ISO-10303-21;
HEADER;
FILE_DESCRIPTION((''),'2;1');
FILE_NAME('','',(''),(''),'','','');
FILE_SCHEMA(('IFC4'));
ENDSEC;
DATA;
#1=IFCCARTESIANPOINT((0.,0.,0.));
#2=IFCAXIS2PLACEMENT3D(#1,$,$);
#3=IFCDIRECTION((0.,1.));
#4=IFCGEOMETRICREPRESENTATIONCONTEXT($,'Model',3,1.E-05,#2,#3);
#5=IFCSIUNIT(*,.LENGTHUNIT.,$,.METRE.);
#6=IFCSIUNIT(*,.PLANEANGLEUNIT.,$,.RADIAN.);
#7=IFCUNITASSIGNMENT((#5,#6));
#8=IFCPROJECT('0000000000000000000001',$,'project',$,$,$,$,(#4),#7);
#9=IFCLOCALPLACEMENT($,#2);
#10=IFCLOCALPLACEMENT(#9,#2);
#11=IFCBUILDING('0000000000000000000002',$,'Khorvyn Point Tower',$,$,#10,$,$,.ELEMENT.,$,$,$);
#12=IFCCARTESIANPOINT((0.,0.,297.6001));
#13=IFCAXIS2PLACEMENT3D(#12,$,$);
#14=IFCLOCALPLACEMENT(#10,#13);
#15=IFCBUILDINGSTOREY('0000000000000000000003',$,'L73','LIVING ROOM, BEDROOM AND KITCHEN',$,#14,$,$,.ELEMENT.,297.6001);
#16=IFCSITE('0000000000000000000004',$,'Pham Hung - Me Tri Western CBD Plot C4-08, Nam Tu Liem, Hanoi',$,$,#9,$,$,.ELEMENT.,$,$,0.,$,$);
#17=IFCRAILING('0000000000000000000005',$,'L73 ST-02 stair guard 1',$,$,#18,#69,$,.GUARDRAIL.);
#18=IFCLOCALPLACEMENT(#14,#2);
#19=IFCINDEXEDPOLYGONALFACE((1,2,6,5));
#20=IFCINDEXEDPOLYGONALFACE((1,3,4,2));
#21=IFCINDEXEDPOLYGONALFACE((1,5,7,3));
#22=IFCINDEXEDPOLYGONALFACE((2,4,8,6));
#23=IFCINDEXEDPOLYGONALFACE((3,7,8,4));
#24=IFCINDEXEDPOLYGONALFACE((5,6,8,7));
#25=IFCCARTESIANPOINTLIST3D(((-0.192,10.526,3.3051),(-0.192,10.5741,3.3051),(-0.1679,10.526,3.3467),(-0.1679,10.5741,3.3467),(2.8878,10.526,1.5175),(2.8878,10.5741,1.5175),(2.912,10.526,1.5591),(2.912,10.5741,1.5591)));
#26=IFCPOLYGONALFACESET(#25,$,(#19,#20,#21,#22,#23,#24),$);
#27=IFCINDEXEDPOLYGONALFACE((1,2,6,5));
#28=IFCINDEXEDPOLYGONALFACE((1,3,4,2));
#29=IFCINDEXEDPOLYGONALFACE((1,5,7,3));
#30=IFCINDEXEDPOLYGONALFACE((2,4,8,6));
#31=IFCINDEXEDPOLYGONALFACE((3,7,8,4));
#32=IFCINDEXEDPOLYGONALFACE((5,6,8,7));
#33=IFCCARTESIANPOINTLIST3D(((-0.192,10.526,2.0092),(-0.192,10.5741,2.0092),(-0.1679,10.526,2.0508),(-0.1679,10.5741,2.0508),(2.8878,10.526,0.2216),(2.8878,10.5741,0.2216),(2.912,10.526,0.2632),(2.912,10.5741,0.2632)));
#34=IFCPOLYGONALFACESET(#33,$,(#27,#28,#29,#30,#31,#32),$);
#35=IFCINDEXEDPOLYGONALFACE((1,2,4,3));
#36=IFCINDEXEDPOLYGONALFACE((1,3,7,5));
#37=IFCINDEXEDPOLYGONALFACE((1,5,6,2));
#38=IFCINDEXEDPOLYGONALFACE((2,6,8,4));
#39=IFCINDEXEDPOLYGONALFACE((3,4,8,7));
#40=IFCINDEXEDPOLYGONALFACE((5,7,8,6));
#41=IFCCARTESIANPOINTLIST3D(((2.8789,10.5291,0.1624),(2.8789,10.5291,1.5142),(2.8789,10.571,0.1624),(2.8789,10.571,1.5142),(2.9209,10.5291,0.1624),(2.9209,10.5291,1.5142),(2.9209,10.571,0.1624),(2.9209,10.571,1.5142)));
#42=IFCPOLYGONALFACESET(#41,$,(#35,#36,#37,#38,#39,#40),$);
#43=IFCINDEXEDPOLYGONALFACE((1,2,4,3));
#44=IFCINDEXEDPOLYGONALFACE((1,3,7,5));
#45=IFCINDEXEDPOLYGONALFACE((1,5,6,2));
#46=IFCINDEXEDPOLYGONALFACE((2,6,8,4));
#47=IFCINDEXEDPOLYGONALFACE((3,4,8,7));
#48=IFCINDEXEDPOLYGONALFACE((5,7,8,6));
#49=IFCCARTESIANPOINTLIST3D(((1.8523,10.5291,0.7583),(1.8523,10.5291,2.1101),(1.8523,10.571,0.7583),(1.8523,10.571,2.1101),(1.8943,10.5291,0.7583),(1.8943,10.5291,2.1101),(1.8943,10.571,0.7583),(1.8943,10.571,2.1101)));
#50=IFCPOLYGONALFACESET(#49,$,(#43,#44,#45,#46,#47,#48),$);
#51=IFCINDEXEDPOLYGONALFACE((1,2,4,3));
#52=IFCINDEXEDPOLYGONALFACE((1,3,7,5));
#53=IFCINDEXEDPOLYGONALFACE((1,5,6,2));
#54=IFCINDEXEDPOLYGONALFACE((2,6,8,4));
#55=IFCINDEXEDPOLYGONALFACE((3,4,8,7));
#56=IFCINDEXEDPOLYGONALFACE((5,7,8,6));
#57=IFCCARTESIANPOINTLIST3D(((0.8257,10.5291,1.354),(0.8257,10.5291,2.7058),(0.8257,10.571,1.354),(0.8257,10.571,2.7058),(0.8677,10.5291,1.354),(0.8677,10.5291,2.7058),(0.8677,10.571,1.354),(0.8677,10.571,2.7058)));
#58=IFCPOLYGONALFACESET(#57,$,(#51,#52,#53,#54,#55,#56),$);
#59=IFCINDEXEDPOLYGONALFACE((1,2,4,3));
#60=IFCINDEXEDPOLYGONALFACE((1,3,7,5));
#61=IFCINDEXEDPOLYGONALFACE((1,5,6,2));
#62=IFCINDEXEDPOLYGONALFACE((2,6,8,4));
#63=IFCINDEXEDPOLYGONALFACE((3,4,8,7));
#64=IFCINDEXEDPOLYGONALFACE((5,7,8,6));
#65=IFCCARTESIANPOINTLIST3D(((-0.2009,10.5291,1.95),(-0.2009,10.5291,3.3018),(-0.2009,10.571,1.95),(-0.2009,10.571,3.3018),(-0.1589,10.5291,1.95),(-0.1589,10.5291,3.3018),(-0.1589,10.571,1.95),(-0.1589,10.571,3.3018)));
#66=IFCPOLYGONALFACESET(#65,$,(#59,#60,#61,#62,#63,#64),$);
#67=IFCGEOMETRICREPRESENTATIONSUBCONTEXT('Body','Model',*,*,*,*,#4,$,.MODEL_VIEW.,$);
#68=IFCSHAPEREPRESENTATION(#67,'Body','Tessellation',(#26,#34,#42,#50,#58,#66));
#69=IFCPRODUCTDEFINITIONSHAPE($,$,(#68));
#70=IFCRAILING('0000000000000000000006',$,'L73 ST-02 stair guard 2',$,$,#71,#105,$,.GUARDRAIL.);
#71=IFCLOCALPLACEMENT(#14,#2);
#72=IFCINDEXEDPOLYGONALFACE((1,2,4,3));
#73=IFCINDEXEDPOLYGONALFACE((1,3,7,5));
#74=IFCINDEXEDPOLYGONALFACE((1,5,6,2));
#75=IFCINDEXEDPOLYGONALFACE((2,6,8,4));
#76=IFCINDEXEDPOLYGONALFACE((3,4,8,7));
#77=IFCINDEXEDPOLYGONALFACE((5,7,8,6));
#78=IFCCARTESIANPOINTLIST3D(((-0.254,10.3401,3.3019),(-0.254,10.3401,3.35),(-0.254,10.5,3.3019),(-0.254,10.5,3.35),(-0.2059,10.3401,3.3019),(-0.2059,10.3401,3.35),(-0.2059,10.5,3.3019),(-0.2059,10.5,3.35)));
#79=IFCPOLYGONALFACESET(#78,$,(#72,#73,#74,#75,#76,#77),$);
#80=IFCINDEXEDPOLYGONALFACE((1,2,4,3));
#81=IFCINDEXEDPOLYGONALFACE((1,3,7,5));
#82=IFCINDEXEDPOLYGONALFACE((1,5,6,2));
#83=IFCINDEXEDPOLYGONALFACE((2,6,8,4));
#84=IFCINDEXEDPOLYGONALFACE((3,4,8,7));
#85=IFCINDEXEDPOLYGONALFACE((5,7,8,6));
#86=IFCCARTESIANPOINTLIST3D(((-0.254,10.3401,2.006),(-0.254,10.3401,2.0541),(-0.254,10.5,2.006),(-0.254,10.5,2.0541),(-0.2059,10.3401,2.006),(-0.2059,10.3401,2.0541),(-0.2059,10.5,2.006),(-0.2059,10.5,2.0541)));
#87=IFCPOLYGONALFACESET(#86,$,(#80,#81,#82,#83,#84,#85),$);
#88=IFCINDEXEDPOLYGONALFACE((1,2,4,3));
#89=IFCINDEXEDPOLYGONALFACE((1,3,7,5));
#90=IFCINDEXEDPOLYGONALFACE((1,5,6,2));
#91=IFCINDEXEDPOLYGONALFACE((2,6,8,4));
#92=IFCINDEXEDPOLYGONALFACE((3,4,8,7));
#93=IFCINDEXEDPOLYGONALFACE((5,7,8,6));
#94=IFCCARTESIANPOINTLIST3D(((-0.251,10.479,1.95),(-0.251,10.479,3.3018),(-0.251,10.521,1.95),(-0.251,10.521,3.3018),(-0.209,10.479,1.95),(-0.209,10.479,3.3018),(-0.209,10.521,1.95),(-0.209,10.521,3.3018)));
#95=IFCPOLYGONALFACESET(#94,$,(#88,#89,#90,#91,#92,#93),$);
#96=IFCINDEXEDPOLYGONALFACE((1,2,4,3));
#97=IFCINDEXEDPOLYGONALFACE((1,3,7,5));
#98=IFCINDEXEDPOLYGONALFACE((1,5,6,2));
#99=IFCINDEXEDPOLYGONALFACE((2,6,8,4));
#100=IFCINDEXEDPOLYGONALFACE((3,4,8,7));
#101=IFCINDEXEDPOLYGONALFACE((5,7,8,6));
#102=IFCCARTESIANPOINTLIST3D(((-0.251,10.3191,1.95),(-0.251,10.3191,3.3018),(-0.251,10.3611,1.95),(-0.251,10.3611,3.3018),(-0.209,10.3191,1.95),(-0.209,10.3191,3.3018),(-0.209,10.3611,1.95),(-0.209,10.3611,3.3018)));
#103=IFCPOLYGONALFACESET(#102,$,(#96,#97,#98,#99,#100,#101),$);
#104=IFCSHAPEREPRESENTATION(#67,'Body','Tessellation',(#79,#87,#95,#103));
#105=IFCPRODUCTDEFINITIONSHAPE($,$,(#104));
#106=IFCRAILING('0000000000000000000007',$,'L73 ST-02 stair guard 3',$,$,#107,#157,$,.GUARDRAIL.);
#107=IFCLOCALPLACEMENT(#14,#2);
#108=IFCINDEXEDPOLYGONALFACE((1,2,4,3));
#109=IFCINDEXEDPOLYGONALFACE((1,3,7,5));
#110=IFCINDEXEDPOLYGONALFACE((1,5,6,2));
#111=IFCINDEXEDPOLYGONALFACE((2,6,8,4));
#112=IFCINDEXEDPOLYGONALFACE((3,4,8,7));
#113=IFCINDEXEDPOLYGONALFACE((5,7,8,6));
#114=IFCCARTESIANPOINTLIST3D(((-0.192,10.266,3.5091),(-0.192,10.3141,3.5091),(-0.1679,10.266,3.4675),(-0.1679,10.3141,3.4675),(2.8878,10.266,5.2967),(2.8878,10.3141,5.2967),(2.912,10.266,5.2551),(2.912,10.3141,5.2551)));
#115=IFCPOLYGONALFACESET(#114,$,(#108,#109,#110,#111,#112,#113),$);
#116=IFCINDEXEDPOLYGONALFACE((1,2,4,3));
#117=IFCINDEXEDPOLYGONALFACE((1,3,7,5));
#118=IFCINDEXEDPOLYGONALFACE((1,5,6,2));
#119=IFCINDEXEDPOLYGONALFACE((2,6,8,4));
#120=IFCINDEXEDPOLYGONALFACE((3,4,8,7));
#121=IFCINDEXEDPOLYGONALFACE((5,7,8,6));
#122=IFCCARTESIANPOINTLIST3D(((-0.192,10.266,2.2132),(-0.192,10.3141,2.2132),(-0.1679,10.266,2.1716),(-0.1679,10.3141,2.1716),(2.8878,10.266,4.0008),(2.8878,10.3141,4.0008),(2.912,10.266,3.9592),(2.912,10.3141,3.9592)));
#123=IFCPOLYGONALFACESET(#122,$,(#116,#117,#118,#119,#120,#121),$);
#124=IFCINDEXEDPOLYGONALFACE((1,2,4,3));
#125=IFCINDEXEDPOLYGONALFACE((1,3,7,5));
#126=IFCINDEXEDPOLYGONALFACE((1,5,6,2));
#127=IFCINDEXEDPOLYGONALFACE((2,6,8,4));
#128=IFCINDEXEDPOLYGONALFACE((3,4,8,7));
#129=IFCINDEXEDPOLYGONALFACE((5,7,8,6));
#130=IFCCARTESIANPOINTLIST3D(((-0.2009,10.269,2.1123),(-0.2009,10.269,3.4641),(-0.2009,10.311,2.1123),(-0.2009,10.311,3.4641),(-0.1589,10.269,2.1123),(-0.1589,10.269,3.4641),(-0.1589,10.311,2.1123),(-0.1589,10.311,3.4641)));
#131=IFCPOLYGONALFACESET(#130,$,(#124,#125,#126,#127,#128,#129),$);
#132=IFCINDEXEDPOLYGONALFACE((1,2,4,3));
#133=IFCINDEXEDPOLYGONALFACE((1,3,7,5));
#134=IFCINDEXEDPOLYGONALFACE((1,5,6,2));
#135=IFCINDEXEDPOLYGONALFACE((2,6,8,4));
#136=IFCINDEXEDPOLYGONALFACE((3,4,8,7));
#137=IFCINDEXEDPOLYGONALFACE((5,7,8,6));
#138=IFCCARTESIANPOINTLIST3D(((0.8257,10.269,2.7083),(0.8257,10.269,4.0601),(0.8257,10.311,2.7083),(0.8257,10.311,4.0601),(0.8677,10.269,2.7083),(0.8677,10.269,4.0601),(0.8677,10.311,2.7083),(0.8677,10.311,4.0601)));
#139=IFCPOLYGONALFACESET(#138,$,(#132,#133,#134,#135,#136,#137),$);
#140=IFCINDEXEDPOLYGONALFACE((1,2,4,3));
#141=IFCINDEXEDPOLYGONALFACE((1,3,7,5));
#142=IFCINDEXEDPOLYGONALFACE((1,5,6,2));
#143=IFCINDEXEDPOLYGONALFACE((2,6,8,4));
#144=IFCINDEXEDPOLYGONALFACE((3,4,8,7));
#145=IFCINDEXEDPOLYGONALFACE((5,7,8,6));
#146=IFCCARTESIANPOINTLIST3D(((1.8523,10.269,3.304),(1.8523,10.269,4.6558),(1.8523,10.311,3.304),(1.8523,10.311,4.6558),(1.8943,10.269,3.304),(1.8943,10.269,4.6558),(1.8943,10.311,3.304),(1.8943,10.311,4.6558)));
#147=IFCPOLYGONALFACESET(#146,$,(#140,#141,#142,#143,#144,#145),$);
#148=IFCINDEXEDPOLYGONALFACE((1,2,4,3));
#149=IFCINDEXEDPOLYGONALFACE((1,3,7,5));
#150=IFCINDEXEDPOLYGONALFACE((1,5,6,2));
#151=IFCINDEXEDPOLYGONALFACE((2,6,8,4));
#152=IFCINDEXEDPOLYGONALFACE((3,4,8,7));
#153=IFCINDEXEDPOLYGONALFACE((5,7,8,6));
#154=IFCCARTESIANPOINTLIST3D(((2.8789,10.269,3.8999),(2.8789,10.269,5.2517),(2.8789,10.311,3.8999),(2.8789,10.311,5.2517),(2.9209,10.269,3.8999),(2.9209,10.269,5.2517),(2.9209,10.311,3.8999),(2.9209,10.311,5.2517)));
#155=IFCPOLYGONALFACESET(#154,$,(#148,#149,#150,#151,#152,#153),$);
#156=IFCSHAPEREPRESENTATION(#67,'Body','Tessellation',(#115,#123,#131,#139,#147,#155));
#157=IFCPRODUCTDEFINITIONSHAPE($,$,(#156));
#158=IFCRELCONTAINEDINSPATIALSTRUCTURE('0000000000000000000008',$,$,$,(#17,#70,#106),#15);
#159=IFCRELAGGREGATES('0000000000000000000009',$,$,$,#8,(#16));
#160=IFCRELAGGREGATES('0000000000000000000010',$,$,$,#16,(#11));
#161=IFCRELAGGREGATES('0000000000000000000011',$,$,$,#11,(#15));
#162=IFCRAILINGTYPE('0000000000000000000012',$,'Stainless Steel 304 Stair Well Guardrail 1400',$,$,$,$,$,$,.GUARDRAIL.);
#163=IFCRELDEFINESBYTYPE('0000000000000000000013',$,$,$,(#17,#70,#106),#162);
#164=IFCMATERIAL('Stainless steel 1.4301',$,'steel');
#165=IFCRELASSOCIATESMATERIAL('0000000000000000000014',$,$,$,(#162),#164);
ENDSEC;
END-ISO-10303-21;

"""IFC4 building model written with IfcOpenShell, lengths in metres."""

from ifc_helpers import new_model, si_unit, direction, frame, origin, origin_2d, place, context, subcontext, project, spatial, rectangle, extrude, material, type_object, element, save


model = new_model("IFC4")

# Units and contexts
model_context = context("Model", 3, precision=1e-05, world=origin(), true_north=direction((0.0, 1.0)))
body_context = subcontext(model_context, "Body", "Model", "MODEL_VIEW")
ifc_project = project(units=[si_unit("LENGTHUNIT", "METRE"), si_unit("PLANEANGLEUNIT", "RADIAN")], contexts=[model_context])

# Site, building, storey
site_placement = place(None, origin())
site = spatial("IfcSite", under=ifc_project, at=site_placement, Name="Pham Hung - Me Tri Western CBD Plot C4-08, Nam Tu Liem, Hanoi", CompositionType="ELEMENT", RefElevation=0.0)
building_placement = place(site_placement, origin())
building = spatial("IfcBuilding", under=site, at=building_placement, Name="Khorvyn Point Tower", CompositionType="ELEMENT")
storey_placement = place(building_placement, frame((0.0, 0.0, 297.6001)))
storey = spatial("IfcBuildingStorey", under=building, at=storey_placement, Name="L73", Description="LIVING ROOM, BEDROOM AND KITCHEN", CompositionType="ELEMENT", Elevation=297.6001)

# Shared definitions
ifc_material_1 = material(Name="Stainless steel 1.4301", Category="steel")

# Railings
railing_type_1 = type_object("IfcRailingType", Name="Stainless Steel 304 Stair Well Guardrail 1400", PredefinedType="GUARDRAIL", material=ifc_material_1)
railing_1_placement = place(storey_placement, frame((2.8999, 10.55, 0.1624)))
element("IfcRailing", 1, at=railing_1_placement, inside=storey, type_object=railing_type_1, Name="L73 ST-02 stair guard 1", PredefinedType="GUARDRAIL", context=body_context, shape_type="SweptSolid", body=[
    extrude(rectangle(XDim=0.0481, YDim=0.0481, at=origin_2d()), frame((0.0, 0.0, 1.376), z_axis=(-0.864873, 0.0, 0.50199), x_axis=(0.0, -1.0, 0.0)), (0.0, 0.0, 1.0), 3.561),
    extrude(rectangle(XDim=0.0481, YDim=0.0481, at=origin_2d()), frame((0.0, 0.0, 0.0801), z_axis=(-0.864873, 0.0, 0.50199), x_axis=(0.0, -1.0, 0.0)), (0.0, 0.0, 1.0), 3.561),
    extrude(rectangle(XDim=0.042, YDim=0.042, at=origin_2d()), origin(), (0.0, 0.0, 1.0), 1.3518),
    extrude(rectangle(XDim=0.042, YDim=0.042, at=origin_2d()), frame((-1.0266, 0.0, 0.5959)), (0.0, 0.0, 1.0), 1.3518),
    extrude(rectangle(XDim=0.042, YDim=0.042, at=origin_2d()), frame((-2.0532, 0.0, 1.1917)), (0.0, 0.0, 1.0), 1.3518),
    extrude(rectangle(XDim=0.042, YDim=0.042, at=origin_2d()), frame((-3.0798, 0.0, 1.7876)), (0.0, 0.0, 1.0), 1.3518),
])
railing_2_placement = place(storey_placement, frame((-0.23, 10.5, 1.95)))
element("IfcRailing", 2, at=railing_2_placement, inside=storey, type_object=railing_type_1, Name="L73 ST-02 stair guard 2", PredefinedType="GUARDRAIL", context=body_context, shape_type="SweptSolid", body=[
    extrude(rectangle(XDim=0.0481, YDim=0.0481, at=origin_2d()), frame((0.0, 0.0, 1.376), z_axis=(0.0, -1.0, 0.0), x_axis=(1.0, 0.0, 0.0)), (0.0, 0.0, 1.0), 0.1599),
    extrude(rectangle(XDim=0.0481, YDim=0.0481, at=origin_2d()), frame((0.0, 0.0, 0.0801), z_axis=(0.0, -1.0, 0.0), x_axis=(1.0, 0.0, 0.0)), (0.0, 0.0, 1.0), 0.1599),
    extrude(rectangle(XDim=0.042, YDim=0.042, at=origin_2d()), origin(), (0.0, 0.0, 1.0), 1.3518),
    extrude(rectangle(XDim=0.042, YDim=0.042, at=origin_2d()), frame((0.0, -0.1599, 0.0)), (0.0, 0.0, 1.0), 1.3518),
])
railing_3_placement = place(storey_placement, frame((-0.1799, 10.29, 2.1123)))
element("IfcRailing", 3, at=railing_3_placement, inside=storey, type_object=railing_type_1, Name="L73 ST-02 stair guard 3", PredefinedType="GUARDRAIL", context=body_context, shape_type="SweptSolid", body=[
    extrude(rectangle(XDim=0.0481, YDim=0.0481, at=origin_2d()), frame((0.0, 0.0, 1.376), z_axis=(0.864873, 0.0, 0.50199), x_axis=(0.0, 1.0, 0.0)), (0.0, 0.0, 1.0), 3.561),
    extrude(rectangle(XDim=0.0481, YDim=0.0481, at=origin_2d()), frame((0.0, 0.0, 0.0801), z_axis=(0.864873, 0.0, 0.50199), x_axis=(0.0, 1.0, 0.0)), (0.0, 0.0, 1.0), 3.561),
    extrude(rectangle(XDim=0.042, YDim=0.042, at=origin_2d()), origin(), (0.0, 0.0, 1.0), 1.3518),
    extrude(rectangle(XDim=0.042, YDim=0.042, at=origin_2d()), frame((1.0266, 0.0, 0.5959)), (0.0, 0.0, 1.0), 1.3518),
    extrude(rectangle(XDim=0.042, YDim=0.042, at=origin_2d()), frame((2.0532, 0.0, 1.1917)), (0.0, 0.0, 1.0), 1.3518),
    extrude(rectangle(XDim=0.042, YDim=0.042, at=origin_2d()), frame((3.0798, 0.0, 1.7876)), (0.0, 0.0, 1.0), 1.3518),
])

save(model, "model.ifc")
